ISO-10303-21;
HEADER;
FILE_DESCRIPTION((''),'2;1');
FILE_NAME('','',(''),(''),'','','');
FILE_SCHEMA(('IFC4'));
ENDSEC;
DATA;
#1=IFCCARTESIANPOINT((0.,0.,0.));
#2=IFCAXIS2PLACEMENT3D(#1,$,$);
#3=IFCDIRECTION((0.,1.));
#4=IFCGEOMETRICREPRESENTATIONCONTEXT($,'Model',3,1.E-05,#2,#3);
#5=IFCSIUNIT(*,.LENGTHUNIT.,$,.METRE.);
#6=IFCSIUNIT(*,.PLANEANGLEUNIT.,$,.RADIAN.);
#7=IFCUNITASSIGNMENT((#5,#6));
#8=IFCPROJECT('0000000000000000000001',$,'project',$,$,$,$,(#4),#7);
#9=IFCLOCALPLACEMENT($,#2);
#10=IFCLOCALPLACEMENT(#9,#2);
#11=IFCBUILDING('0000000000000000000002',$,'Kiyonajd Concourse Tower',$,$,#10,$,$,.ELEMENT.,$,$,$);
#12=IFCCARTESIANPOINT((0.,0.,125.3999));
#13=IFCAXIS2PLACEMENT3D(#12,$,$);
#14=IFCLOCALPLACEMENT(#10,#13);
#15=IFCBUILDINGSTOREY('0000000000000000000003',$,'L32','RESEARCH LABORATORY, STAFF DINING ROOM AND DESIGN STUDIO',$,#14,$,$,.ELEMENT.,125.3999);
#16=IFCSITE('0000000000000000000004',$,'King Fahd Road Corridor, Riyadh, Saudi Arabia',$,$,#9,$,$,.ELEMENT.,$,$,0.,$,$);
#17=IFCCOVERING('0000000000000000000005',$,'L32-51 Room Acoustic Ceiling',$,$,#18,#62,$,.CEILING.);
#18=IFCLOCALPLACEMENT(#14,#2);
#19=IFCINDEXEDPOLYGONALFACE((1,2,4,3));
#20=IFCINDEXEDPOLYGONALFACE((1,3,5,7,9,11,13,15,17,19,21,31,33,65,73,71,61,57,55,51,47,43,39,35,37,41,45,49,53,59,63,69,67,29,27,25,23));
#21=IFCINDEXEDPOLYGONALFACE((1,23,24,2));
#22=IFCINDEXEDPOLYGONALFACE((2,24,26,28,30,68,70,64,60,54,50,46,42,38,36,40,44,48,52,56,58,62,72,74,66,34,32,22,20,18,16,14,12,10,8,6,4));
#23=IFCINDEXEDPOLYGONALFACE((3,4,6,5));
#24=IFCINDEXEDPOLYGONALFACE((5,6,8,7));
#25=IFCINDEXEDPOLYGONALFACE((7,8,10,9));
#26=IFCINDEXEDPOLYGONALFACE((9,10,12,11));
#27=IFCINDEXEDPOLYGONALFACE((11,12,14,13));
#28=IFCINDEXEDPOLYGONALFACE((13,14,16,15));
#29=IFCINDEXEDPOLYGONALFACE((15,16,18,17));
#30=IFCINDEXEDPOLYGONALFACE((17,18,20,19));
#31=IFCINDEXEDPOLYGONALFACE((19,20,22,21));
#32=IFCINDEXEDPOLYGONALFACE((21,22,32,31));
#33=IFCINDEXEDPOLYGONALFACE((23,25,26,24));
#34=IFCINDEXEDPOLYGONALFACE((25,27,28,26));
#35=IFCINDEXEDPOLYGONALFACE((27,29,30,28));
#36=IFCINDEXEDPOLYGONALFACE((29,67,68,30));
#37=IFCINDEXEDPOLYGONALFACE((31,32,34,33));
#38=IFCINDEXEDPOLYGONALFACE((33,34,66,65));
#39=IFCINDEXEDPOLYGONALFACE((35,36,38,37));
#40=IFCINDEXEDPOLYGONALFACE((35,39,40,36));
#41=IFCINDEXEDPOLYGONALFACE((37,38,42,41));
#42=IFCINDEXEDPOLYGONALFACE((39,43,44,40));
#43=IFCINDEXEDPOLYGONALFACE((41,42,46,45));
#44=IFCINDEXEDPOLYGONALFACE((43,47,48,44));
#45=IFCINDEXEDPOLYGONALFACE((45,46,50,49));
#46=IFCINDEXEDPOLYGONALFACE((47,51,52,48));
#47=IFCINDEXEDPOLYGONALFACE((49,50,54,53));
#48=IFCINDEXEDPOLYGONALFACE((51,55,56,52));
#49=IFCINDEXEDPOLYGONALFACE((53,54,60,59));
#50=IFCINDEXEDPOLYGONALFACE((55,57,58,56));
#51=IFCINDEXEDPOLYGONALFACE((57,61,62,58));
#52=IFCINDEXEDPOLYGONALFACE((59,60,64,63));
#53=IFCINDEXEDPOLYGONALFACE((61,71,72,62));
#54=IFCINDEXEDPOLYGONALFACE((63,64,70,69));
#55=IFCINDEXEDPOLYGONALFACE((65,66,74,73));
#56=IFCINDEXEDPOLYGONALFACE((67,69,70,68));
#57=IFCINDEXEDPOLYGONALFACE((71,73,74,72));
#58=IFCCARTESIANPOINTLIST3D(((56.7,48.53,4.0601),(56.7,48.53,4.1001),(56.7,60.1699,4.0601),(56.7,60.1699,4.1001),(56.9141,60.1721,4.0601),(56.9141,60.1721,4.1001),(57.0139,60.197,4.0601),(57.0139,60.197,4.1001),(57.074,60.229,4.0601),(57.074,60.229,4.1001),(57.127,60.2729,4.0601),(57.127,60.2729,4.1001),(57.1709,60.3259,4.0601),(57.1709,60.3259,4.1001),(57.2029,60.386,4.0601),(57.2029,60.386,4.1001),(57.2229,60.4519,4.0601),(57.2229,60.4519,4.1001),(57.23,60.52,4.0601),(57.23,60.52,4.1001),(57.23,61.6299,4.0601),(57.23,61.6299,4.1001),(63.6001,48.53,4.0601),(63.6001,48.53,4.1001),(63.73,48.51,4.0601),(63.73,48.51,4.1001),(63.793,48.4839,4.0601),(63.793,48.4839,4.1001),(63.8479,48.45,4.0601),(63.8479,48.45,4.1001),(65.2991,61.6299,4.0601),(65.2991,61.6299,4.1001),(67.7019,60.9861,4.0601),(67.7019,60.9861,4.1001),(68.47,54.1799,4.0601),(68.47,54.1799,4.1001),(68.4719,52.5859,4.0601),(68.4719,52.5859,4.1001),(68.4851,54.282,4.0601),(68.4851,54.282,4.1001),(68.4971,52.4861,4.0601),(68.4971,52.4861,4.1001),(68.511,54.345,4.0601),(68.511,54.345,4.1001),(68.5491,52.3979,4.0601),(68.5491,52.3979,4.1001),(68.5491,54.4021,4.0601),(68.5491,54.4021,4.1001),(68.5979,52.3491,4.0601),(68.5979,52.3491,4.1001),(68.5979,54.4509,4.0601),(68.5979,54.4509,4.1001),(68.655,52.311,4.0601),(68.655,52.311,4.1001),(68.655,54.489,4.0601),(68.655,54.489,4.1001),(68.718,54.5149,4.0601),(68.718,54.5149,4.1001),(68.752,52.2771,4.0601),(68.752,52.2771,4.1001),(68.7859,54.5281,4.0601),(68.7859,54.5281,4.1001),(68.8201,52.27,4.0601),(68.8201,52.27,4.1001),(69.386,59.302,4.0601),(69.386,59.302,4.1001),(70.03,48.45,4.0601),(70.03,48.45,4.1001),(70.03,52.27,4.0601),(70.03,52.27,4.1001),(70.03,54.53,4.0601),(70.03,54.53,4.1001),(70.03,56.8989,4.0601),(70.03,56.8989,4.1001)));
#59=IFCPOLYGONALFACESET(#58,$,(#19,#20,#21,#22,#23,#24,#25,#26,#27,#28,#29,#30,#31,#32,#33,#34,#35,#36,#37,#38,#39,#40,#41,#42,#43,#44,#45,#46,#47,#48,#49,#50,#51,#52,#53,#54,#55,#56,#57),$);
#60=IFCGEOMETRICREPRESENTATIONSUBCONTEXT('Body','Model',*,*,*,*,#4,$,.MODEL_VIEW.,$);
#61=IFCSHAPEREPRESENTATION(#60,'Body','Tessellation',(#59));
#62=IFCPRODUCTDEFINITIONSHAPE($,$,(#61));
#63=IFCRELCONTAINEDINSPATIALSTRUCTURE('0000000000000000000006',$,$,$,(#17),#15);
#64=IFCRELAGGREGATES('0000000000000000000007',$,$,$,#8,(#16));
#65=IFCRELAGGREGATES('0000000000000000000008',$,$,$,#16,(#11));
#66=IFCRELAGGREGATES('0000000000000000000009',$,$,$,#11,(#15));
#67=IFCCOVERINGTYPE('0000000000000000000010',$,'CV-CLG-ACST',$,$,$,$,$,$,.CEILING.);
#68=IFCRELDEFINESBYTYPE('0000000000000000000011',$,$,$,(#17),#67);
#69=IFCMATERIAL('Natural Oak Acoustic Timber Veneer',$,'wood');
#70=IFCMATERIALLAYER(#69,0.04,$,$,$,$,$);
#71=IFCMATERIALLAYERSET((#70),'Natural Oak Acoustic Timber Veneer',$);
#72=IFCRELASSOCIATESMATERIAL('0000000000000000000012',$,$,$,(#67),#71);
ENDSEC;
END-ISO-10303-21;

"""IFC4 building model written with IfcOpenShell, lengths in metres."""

from ifc_helpers import new_model, si_unit, direction, frame, origin, place, context, subcontext, project, spatial, polyline, outline, extrude, material, layer, layer_set, type_object, element, save


model = new_model("IFC4")

# Units and contexts
model_context = context("Model", 3, precision=1e-05, world=origin(), true_north=direction((0.0, 1.0)))
body_context = subcontext(model_context, "Body", "Model", "MODEL_VIEW")
ifc_project = project(units=[si_unit("LENGTHUNIT", "METRE"), si_unit("PLANEANGLEUNIT", "RADIAN")], contexts=[model_context])

# Site, building, storey
site_placement = place(None, origin())
site = spatial("IfcSite", under=ifc_project, at=site_placement, Name="King Fahd Road Corridor, Riyadh, Saudi Arabia", CompositionType="ELEMENT", RefElevation=0.0)
building_placement = place(site_placement, origin())
building = spatial("IfcBuilding", under=site, at=building_placement, Name="Kiyonajd Concourse Tower", CompositionType="ELEMENT")
storey_placement = place(building_placement, frame((0.0, 0.0, 125.3999)))
storey = spatial("IfcBuildingStorey", under=building, at=storey_placement, Name="L32", Description="RESEARCH LABORATORY, STAFF DINING ROOM AND DESIGN STUDIO", CompositionType="ELEMENT", Elevation=125.3999)

# Covering
ifc_material_1 = material(Name="Natural Oak Acoustic Timber Veneer", Category="wood")
ifc_layer_1 = layer(ifc_material_1, 0.04)
ifc_layer_set_1 = layer_set([ifc_layer_1], Name="Natural Oak Acoustic Timber Veneer")
covering_type = type_object("IfcCoveringType", Name="CV-CLG-ACST", PredefinedType="CEILING", material=ifc_layer_set_1)
covering_1_placement = place(storey_placement, frame((0.0, 0.0, 4.0601)))
element("IfcCovering", 1, at=covering_1_placement, inside=storey, type_object=covering_type, Name="L32-51 Room Acoustic Ceiling", PredefinedType="CEILING", context=body_context, shape_type="SweptSolid", body=[
    extrude(outline(polyline([(57.23, 61.6299), (65.2991, 61.6299), (67.7019, 60.9861), (69.386, 59.302), (70.03, 56.8989), (70.03, 54.53), (68.7859, 54.5281), (68.718, 54.5149), (68.655, 54.489), (68.5979, 54.4509), (68.5491, 54.4021), (68.511, 54.345), (68.4851, 54.282), (68.47, 54.1799), (68.4719, 52.5859), (68.4971, 52.4861), (68.5491, 52.3979), (68.5979, 52.3491), (68.655, 52.311), (68.752, 52.2771), (68.8201, 52.27), (70.03, 52.27), (70.03, 48.45), (63.8479, 48.45), (63.793, 48.4839), (63.73, 48.51), (63.6001, 48.53), (56.7, 48.53), (56.7, 60.1699), (56.9141, 60.1721), (57.0139, 60.197), (57.074, 60.229), (57.127, 60.2729), (57.1709, 60.3259), (57.2029, 60.386), (57.2229, 60.4519), (57.23, 60.52), (57.23, 61.6299)])), origin(), (0.0, 0.0, 1.0), 0.04),
])

save(model, "model.ifc")
